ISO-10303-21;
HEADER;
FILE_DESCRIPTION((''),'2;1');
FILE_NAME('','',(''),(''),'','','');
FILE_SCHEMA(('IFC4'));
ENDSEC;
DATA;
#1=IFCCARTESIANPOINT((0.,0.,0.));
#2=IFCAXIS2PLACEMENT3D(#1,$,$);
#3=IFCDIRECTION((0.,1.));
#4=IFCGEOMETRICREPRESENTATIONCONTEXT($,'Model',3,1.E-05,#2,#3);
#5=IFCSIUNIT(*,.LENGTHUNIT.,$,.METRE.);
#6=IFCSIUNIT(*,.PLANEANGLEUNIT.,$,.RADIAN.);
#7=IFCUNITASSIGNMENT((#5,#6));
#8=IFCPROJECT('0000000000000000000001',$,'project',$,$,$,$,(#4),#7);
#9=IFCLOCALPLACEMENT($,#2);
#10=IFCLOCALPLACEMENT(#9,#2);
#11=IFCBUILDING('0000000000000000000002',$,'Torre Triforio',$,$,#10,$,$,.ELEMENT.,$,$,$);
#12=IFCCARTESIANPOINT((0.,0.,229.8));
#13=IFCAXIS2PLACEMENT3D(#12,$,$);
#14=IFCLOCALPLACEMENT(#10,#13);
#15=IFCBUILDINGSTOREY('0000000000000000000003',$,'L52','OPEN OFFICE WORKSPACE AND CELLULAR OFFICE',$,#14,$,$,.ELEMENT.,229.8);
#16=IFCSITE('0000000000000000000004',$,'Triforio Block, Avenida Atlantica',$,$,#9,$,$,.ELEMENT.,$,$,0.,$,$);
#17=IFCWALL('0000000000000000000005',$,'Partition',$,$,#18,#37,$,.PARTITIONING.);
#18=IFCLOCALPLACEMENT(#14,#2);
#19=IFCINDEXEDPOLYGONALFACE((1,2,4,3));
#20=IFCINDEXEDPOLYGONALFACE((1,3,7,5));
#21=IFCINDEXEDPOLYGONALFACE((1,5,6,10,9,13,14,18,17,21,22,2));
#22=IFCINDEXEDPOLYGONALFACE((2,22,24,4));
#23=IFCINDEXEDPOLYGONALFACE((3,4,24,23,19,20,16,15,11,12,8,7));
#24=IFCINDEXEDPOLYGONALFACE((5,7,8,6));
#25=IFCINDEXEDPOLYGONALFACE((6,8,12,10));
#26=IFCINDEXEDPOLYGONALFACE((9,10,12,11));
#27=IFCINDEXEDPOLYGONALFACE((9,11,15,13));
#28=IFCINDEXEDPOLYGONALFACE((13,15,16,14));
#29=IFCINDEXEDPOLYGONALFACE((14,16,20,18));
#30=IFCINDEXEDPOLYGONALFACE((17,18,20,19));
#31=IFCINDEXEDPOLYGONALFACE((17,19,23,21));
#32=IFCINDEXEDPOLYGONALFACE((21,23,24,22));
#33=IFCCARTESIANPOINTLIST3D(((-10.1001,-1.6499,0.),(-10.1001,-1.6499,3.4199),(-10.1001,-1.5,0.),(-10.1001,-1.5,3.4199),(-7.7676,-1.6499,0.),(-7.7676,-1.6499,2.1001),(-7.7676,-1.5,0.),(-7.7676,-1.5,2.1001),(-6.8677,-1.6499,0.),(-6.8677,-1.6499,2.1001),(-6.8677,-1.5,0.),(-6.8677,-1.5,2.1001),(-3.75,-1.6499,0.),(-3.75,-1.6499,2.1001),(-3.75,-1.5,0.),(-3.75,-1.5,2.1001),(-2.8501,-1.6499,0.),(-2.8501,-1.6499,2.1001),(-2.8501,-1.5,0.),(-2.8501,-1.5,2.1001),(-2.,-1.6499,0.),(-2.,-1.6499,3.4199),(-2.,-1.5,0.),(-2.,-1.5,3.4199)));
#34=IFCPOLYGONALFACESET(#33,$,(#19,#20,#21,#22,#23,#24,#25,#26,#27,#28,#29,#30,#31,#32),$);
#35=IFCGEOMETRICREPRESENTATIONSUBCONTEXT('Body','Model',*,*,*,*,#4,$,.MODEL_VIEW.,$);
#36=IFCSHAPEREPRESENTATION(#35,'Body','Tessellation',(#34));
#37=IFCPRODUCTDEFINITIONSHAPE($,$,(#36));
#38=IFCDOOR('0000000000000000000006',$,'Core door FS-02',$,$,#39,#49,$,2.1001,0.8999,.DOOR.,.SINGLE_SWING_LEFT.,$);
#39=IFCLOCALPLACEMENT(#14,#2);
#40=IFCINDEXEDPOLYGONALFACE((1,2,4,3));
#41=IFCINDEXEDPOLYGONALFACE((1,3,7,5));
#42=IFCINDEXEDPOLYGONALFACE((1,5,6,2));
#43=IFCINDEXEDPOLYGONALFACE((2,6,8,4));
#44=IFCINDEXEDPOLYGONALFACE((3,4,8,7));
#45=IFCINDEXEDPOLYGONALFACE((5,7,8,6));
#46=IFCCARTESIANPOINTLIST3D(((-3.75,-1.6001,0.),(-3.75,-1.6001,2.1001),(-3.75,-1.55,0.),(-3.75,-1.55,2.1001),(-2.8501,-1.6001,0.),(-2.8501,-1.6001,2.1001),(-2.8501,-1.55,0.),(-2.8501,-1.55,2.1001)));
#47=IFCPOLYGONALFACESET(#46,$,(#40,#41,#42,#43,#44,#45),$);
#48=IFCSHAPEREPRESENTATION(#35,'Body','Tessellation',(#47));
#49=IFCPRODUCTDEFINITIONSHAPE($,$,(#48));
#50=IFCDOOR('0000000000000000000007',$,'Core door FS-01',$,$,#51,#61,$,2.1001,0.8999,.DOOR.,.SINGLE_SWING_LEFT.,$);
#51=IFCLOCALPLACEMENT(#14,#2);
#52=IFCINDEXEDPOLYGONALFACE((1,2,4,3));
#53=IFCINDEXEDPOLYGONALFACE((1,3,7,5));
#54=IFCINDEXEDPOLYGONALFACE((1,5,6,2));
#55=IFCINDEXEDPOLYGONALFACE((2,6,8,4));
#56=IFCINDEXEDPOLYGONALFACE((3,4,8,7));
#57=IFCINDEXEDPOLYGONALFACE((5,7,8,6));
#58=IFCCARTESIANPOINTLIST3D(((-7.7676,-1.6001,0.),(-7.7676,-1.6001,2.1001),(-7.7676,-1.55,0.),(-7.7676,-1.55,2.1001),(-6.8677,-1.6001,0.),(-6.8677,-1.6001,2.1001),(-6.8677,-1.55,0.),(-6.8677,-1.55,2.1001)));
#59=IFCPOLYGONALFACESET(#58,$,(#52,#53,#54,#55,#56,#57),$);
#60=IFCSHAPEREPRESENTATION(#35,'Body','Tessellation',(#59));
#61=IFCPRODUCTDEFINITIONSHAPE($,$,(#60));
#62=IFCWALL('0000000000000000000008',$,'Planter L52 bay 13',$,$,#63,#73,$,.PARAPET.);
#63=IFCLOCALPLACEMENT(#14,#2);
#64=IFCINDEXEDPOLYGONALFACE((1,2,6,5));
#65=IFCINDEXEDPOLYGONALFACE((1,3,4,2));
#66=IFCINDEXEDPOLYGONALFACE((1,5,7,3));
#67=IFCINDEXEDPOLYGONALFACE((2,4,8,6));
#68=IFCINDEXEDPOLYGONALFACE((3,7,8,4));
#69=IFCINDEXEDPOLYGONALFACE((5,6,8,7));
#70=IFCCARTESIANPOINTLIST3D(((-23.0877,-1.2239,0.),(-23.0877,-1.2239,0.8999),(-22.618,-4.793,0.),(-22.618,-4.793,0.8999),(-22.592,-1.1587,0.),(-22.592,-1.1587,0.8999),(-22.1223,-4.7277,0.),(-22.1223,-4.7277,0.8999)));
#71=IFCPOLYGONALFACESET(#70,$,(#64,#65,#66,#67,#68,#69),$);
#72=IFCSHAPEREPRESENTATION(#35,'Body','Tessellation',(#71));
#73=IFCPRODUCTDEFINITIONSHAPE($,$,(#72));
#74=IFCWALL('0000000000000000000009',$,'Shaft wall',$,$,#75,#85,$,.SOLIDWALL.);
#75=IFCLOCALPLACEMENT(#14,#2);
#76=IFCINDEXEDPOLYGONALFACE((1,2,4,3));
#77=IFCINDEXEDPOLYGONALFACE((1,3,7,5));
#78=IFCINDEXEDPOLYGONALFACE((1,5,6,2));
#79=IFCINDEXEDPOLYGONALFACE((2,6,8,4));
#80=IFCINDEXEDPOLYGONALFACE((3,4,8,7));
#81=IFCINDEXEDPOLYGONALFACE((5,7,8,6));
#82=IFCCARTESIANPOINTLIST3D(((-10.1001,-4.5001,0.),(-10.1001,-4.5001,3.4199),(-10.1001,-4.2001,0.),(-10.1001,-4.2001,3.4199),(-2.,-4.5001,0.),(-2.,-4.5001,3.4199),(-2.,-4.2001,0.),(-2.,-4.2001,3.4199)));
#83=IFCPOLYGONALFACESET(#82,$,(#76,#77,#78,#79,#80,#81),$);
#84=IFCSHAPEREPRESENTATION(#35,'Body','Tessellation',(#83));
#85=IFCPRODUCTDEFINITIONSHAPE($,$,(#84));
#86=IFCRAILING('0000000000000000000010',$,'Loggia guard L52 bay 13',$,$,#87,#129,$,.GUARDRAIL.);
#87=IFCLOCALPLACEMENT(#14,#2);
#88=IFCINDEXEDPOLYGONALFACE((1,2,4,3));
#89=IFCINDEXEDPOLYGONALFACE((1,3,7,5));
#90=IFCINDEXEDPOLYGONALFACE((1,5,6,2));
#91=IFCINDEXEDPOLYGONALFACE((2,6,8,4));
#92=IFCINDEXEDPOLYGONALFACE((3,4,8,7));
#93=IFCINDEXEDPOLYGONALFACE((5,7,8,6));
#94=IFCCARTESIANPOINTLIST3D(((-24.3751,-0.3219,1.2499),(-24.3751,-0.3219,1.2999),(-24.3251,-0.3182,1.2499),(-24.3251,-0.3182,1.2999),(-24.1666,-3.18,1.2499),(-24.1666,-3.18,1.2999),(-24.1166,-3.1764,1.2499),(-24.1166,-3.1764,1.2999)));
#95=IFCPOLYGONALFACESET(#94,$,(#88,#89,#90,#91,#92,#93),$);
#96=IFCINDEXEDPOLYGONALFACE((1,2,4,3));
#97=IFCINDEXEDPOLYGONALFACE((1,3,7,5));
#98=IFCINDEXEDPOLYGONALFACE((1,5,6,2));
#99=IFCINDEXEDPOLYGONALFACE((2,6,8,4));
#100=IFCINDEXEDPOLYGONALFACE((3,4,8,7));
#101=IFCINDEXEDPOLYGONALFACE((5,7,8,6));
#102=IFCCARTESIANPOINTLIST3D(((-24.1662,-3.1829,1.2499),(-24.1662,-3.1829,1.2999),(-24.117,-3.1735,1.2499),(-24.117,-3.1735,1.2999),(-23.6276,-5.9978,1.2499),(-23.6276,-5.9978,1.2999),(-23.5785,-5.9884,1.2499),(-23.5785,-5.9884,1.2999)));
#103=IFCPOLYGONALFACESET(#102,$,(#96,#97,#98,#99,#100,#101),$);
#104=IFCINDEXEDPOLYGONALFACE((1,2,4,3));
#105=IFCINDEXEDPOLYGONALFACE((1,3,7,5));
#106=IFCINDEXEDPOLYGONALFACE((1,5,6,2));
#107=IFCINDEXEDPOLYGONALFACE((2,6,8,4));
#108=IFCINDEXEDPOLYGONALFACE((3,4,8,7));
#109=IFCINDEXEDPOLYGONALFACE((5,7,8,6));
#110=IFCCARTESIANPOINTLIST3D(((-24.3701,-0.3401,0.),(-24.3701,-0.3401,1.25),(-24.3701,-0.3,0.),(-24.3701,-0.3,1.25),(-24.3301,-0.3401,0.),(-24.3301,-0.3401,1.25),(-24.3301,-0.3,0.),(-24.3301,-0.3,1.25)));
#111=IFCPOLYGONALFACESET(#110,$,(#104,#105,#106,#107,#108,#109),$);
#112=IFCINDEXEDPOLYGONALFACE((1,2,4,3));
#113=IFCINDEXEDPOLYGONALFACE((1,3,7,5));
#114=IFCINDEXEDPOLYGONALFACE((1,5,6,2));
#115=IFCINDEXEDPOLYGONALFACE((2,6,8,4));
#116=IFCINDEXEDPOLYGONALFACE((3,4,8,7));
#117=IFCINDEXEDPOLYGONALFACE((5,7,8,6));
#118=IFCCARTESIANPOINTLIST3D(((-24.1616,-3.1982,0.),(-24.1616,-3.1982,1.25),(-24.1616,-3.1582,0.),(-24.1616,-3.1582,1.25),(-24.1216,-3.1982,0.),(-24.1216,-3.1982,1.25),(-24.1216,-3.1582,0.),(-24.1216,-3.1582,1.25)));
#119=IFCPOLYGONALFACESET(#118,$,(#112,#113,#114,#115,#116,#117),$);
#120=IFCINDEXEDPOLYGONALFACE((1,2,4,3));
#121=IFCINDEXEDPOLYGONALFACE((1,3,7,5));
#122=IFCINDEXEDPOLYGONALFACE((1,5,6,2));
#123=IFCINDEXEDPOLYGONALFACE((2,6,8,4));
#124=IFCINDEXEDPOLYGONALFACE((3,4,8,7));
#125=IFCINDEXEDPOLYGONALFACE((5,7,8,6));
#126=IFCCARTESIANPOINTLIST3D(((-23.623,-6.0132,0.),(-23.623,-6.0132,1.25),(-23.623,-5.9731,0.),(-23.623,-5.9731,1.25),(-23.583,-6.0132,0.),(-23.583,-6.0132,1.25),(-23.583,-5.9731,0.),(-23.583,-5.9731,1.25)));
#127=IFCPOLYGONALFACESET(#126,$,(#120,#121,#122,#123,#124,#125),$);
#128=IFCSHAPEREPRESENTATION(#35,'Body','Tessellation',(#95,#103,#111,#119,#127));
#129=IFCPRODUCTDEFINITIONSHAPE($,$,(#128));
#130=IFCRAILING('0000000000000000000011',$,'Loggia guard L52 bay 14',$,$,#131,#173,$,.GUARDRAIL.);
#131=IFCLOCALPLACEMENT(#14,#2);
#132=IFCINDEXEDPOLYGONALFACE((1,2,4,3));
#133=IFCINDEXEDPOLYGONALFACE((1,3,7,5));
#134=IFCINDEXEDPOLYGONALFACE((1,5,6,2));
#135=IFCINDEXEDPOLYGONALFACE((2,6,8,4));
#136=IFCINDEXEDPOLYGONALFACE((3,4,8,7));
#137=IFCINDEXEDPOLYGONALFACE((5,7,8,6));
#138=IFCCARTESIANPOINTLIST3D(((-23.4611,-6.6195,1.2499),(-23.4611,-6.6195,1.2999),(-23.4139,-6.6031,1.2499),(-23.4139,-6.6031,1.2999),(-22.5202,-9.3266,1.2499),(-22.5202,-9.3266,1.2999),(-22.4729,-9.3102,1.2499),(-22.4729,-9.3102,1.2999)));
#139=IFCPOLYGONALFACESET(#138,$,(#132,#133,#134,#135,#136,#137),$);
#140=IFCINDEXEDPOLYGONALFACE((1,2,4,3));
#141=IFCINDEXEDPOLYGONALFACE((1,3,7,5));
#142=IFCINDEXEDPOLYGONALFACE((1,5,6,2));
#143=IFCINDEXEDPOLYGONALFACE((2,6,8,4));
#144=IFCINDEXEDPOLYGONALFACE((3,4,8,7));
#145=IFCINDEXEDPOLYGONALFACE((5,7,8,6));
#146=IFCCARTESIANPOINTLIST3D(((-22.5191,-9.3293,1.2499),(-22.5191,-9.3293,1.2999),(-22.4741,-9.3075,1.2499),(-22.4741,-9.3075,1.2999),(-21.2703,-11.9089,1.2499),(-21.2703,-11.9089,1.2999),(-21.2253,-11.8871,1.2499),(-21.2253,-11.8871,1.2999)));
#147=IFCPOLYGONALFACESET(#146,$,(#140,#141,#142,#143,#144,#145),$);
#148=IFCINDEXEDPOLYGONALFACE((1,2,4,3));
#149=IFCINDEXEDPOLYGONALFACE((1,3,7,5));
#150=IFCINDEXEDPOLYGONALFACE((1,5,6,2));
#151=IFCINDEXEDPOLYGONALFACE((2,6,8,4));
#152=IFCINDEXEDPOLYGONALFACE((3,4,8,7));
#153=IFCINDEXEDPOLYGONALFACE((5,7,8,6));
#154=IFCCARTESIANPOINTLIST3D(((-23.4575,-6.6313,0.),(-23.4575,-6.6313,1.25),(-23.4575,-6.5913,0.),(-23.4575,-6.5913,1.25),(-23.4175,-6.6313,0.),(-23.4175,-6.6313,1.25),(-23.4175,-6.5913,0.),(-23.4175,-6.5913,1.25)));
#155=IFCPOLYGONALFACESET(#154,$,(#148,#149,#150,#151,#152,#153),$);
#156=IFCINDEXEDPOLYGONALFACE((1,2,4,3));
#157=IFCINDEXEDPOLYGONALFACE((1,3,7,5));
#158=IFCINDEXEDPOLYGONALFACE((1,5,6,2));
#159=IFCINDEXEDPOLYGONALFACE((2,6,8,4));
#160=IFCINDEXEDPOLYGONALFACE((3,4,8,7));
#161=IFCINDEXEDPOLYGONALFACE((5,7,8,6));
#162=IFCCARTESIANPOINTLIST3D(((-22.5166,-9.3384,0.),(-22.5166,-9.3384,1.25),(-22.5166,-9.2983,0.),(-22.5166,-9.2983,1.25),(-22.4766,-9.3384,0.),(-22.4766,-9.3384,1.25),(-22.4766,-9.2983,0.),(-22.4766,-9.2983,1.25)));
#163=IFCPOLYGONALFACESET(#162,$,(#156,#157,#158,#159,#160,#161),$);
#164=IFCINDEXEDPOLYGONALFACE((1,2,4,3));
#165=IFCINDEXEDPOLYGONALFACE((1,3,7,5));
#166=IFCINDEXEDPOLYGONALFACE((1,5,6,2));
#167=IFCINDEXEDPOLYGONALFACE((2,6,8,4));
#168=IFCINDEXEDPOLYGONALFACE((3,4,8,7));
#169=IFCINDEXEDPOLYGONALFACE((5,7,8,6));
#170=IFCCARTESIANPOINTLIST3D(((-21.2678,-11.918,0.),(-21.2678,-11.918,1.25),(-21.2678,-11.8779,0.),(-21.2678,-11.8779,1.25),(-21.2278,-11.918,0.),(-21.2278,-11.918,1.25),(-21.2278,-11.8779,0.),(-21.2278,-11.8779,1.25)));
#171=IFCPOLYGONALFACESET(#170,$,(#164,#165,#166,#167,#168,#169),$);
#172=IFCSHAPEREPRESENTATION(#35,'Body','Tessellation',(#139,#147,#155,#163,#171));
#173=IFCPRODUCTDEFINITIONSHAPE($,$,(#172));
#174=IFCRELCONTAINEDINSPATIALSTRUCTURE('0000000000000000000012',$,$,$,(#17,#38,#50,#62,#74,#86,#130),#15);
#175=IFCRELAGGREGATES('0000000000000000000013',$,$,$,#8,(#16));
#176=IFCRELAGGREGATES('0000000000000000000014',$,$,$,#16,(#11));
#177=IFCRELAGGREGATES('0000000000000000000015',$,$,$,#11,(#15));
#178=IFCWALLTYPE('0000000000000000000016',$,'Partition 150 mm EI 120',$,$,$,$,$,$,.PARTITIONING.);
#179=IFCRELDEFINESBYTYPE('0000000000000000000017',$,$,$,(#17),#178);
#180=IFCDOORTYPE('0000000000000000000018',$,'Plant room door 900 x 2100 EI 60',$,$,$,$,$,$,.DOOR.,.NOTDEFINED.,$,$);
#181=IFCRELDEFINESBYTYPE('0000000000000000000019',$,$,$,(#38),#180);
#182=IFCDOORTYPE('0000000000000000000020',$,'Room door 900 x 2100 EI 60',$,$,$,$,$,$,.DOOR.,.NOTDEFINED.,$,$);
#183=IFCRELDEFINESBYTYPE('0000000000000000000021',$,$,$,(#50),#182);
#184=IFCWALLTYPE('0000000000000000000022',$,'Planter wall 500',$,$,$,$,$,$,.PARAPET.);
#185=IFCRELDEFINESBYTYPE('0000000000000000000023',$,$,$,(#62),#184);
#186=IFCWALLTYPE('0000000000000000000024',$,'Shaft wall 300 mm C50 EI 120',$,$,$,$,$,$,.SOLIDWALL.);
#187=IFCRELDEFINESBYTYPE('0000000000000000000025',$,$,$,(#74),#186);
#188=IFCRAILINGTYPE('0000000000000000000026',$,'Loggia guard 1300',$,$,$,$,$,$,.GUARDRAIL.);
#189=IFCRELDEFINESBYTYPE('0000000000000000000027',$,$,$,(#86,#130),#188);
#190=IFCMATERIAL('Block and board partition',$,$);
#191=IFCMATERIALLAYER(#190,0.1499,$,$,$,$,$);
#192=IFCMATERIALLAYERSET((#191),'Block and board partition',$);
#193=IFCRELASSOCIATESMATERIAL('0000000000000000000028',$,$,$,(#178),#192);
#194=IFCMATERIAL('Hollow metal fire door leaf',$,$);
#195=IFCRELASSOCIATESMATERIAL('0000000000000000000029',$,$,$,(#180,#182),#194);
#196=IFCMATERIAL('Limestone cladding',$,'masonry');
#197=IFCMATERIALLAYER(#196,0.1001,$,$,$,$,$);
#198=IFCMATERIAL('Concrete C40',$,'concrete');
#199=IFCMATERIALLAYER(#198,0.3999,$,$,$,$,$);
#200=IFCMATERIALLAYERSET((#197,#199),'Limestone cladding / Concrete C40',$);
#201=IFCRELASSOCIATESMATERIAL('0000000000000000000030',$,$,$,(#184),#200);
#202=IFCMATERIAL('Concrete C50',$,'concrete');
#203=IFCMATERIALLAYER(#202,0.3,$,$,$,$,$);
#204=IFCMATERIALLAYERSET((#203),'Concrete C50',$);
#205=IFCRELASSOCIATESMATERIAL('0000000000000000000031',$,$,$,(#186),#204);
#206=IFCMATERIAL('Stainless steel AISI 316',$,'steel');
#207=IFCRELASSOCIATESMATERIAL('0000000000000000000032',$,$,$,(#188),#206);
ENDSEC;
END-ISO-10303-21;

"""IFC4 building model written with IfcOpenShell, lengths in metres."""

from ifc_helpers import new_model, si_unit, direction, frame, frame_2d, origin, origin_2d, place, context, subcontext, project, spatial, rectangle, extrude, material, layer, layer_set, type_object, element, fill, save


model = new_model("IFC4")

# Units and contexts
model_context = context("Model", 3, precision=1e-05, world=origin(), true_north=direction((0.0, 1.0)))
body_context = subcontext(model_context, "Body", "Model", "MODEL_VIEW")
ifc_project = project(units=[si_unit("LENGTHUNIT", "METRE"), si_unit("PLANEANGLEUNIT", "RADIAN")], contexts=[model_context])

# Site, building, storey
site_placement = place(None, origin())
site = spatial("IfcSite", under=ifc_project, at=site_placement, Name="Triforio Block, Avenida Atlantica", CompositionType="ELEMENT", RefElevation=0.0)
building_placement = place(site_placement, origin())
building = spatial("IfcBuilding", under=site, at=building_placement, Name="Torre Triforio", CompositionType="ELEMENT")
storey_placement = place(building_placement, frame((0.0, 0.0, 229.8)))
storey = spatial("IfcBuildingStorey", under=building, at=storey_placement, Name="L52", Description="OPEN OFFICE WORKSPACE AND CELLULAR OFFICE", CompositionType="ELEMENT", Elevation=229.8)

# Shared definitions
ifc_material_1 = material(Name="Concrete C50", Category="concrete")

# Shared definitions
ifc_material_2 = material(Name="Concrete C40", Category="concrete")

# Shared definitions
ifc_material_3 = material(Name="Hollow metal fire door leaf")

# Wall, openings, doors
ifc_material_4 = material(Name="Block and board partition")
ifc_layer_1 = layer(ifc_material_4, 0.1499)
ifc_layer_set_1 = layer_set([ifc_layer_1], Name="Block and board partition")
wall_type_1 = type_object("IfcWallType", Name="Partition 150 mm EI 120", PredefinedType="PARTITIONING", material=ifc_layer_set_1)
wall_1_placement = place(storey_placement, frame((-10.1001, -1.575, 0.0), z_axis=(0.0, 0.0, 1.0), x_axis=(1.0, 0.0, 0.0)))
wall_1 = element("IfcWall", 1, at=wall_1_placement, inside=storey, type_object=wall_type_1, Name="Partition", PredefinedType="PARTITIONING", context=body_context, shape_type="SweptSolid", body=[
    extrude(rectangle(XDim=8.1001, YDim=0.1499, at=frame_2d((4.05, 0.0))), origin(), (0.0, 0.0, 1.0), 3.4199),
])
opening_1_placement = place(wall_1_placement, frame((2.3325, 0.0, 0.0)))
opening_1 = element("IfcOpeningElement", 2, at=opening_1_placement, cuts=wall_1, PredefinedType="OPENING", context=body_context, shape_type="SweptSolid", body=[
    extrude(rectangle(XDim=0.8999, YDim=2.1001, at=frame_2d((0.45, 1.05))), frame((0.0, 0.085, 0.0), z_axis=(0.0, -1.0, 0.0), x_axis=(1.0, 0.0, 0.0)), (0.0, 0.0, 1.0), 0.1699),
])
opening_2_placement = place(wall_1_placement, frame((6.3501, 0.0, 0.0)))
opening_2 = element("IfcOpeningElement", 3, at=opening_2_placement, cuts=wall_1, PredefinedType="OPENING", context=body_context, shape_type="SweptSolid", body=[
    extrude(rectangle(XDim=0.8999, YDim=2.1001, at=frame_2d((0.45, 1.05))), frame((0.0, 0.085, 0.0), z_axis=(0.0, -1.0, 0.0), x_axis=(1.0, 0.0, 0.0)), (0.0, 0.0, 1.0), 0.1699),
])
door_type_1 = type_object("IfcDoorType", Name="Plant room door 900 x 2100 EI 60", OperationType="NOTDEFINED", PredefinedType="DOOR", material=ifc_material_3)
door_1_placement = place(opening_2_placement, origin())
door_1 = element("IfcDoor", 4, at=door_1_placement, inside=storey, type_object=door_type_1, Name="Core door FS-02", OperationType="SINGLE_SWING_LEFT", OverallHeight=2.1001, OverallWidth=0.8999, PredefinedType="DOOR", context=body_context, shape_type="SweptSolid", body=[
    extrude(rectangle(XDim=0.8999, YDim=2.1001, at=frame_2d((0.45, 1.05))), frame((0.0, 0.0249, 0.0), z_axis=(0.0, -1.0, 0.0), x_axis=(1.0, 0.0, 0.0)), (0.0, 0.0, 1.0), 0.05),
])
fill(opening_2, door_1)
door_type_2 = type_object("IfcDoorType", Name="Room door 900 x 2100 EI 60", OperationType="NOTDEFINED", PredefinedType="DOOR", material=ifc_material_3)
door_2_placement = place(opening_1_placement, origin())
door_2 = element("IfcDoor", 5, at=door_2_placement, inside=storey, type_object=door_type_2, Name="Core door FS-01", OperationType="SINGLE_SWING_LEFT", OverallHeight=2.1001, OverallWidth=0.8999, PredefinedType="DOOR", context=body_context, shape_type="SweptSolid", body=[
    extrude(rectangle(XDim=0.8999, YDim=2.1001, at=frame_2d((0.45, 1.05))), frame((0.0, 0.0249, 0.0), z_axis=(0.0, -1.0, 0.0), x_axis=(1.0, 0.0, 0.0)), (0.0, 0.0, 1.0), 0.05),
])
fill(opening_1, door_2)

# Walls
ifc_material_5 = material(Name="Limestone cladding", Category="masonry")
ifc_layer_2 = layer(ifc_material_5, 0.1001)
ifc_layer_3 = layer(ifc_material_2, 0.3999)
ifc_layer_set_2 = layer_set([ifc_layer_2, ifc_layer_3], Name="Limestone cladding / Concrete C40")
wall_type_2 = type_object("IfcWallType", Name="Planter wall 500", PredefinedType="PARAPET", material=ifc_layer_set_2)
wall_2_placement = place(storey_placement, frame((-22.8398, -1.1914, 0.0), z_axis=(0.0, 0.0, 1.0), x_axis=(0.130484, -0.99145, 0.0)))
element("IfcWall", 6, at=wall_2_placement, inside=storey, type_object=wall_type_2, Name="Planter L52 bay 13", PredefinedType="PARAPET", context=body_context, shape_type="SweptSolid", body=[
    extrude(rectangle(XDim=3.5999, YDim=0.5, at=frame_2d((1.7998, 0.0))), origin(), (0.0, 0.0, 1.0), 0.8999),
])
ifc_layer_4 = layer(ifc_material_1, 0.3)
ifc_layer_set_3 = layer_set([ifc_layer_4], Name="Concrete C50")
wall_type_3 = type_object("IfcWallType", Name="Shaft wall 300 mm C50 EI 120", PredefinedType="SOLIDWALL", material=ifc_layer_set_3)
wall_3_placement = place(storey_placement, frame((-10.1001, -4.3501, 0.0), z_axis=(0.0, 0.0, 1.0), x_axis=(1.0, 0.0, 0.0)))
element("IfcWall", 7, at=wall_3_placement, inside=storey, type_object=wall_type_3, Name="Shaft wall", PredefinedType="SOLIDWALL", context=body_context, shape_type="SweptSolid", body=[
    extrude(rectangle(XDim=8.1001, YDim=0.3, at=frame_2d((4.05, 0.0))), origin(), (0.0, 0.0, 1.0), 3.4199),
])

# Railings
ifc_material_6 = material(Name="Stainless steel AISI 316", Category="steel")
railing_type = type_object("IfcRailingType", Name="Loggia guard 1300", PredefinedType="GUARDRAIL", material=ifc_material_6)
railing_1_placement = place(storey_placement, frame((-24.3501, -0.3201, 0.0)))
element("IfcRailing", 8, at=railing_1_placement, inside=storey, type_object=railing_type, Name="Loggia guard L52 bay 13", PredefinedType="GUARDRAIL", context=body_context, shape_type="SweptSolid", body=[
    extrude(rectangle(XDim=0.05, YDim=0.05, at=origin_2d()), frame((0.0, 0.0, 1.2749), z_axis=(0.072754, -0.99735, 0.0), x_axis=(0.99735, 0.072754, 0.0)), (0.0, 0.0, 1.0), 2.8657),
    extrude(rectangle(XDim=0.05, YDim=0.05, at=origin_2d()), frame((0.2085, -2.8582, 1.2749), z_axis=(0.187918, -0.982185, 0.0), x_axis=(0.982185, 0.187918, 0.0)), (0.0, 0.0, 1.0), 2.866),
    extrude(rectangle(XDim=0.04, YDim=0.04, at=origin_2d()), origin(), (0.0, 0.0, 1.0), 1.25),
    extrude(rectangle(XDim=0.04, YDim=0.04, at=origin_2d()), frame((0.2085, -2.8582, 0.0)), (0.0, 0.0, 1.0), 1.25),
    extrude(rectangle(XDim=0.04, YDim=0.04, at=origin_2d()), frame((0.7471, -5.6731, 0.0)), (0.0, 0.0, 1.0), 1.25),
])
railing_2_placement = place(storey_placement, frame((-23.4375, -6.6113, 0.0)))
element("IfcRailing", 9, at=railing_2_placement, inside=storey, type_object=railing_type, Name="Loggia guard L52 bay 14", PredefinedType="GUARDRAIL", context=body_context, shape_type="SweptSolid", body=[
    extrude(rectangle(XDim=0.05, YDim=0.05, at=origin_2d()), frame((0.0, 0.0, 1.2749), z_axis=(0.328316, -0.944568, 0.0), x_axis=(0.944568, 0.328316, 0.0)), (0.0, 0.0, 1.0), 2.866),
    extrude(rectangle(XDim=0.05, YDim=0.05, at=origin_2d()), frame((0.9409, -2.707, 1.2749), z_axis=(0.435728, -0.900078, 0.0), x_axis=(0.900078, 0.435728, 0.0)), (0.0, 0.0, 1.0), 2.866),
    extrude(rectangle(XDim=0.04, YDim=0.04, at=origin_2d()), origin(), (0.0, 0.0, 1.0), 1.25),
    extrude(rectangle(XDim=0.04, YDim=0.04, at=origin_2d()), frame((0.9409, -2.707, 0.0)), (0.0, 0.0, 1.0), 1.25),
    extrude(rectangle(XDim=0.04, YDim=0.04, at=origin_2d()), frame((2.1897, -5.2866, 0.0)), (0.0, 0.0, 1.0), 1.25),
])

save(model, "model.ifc")
